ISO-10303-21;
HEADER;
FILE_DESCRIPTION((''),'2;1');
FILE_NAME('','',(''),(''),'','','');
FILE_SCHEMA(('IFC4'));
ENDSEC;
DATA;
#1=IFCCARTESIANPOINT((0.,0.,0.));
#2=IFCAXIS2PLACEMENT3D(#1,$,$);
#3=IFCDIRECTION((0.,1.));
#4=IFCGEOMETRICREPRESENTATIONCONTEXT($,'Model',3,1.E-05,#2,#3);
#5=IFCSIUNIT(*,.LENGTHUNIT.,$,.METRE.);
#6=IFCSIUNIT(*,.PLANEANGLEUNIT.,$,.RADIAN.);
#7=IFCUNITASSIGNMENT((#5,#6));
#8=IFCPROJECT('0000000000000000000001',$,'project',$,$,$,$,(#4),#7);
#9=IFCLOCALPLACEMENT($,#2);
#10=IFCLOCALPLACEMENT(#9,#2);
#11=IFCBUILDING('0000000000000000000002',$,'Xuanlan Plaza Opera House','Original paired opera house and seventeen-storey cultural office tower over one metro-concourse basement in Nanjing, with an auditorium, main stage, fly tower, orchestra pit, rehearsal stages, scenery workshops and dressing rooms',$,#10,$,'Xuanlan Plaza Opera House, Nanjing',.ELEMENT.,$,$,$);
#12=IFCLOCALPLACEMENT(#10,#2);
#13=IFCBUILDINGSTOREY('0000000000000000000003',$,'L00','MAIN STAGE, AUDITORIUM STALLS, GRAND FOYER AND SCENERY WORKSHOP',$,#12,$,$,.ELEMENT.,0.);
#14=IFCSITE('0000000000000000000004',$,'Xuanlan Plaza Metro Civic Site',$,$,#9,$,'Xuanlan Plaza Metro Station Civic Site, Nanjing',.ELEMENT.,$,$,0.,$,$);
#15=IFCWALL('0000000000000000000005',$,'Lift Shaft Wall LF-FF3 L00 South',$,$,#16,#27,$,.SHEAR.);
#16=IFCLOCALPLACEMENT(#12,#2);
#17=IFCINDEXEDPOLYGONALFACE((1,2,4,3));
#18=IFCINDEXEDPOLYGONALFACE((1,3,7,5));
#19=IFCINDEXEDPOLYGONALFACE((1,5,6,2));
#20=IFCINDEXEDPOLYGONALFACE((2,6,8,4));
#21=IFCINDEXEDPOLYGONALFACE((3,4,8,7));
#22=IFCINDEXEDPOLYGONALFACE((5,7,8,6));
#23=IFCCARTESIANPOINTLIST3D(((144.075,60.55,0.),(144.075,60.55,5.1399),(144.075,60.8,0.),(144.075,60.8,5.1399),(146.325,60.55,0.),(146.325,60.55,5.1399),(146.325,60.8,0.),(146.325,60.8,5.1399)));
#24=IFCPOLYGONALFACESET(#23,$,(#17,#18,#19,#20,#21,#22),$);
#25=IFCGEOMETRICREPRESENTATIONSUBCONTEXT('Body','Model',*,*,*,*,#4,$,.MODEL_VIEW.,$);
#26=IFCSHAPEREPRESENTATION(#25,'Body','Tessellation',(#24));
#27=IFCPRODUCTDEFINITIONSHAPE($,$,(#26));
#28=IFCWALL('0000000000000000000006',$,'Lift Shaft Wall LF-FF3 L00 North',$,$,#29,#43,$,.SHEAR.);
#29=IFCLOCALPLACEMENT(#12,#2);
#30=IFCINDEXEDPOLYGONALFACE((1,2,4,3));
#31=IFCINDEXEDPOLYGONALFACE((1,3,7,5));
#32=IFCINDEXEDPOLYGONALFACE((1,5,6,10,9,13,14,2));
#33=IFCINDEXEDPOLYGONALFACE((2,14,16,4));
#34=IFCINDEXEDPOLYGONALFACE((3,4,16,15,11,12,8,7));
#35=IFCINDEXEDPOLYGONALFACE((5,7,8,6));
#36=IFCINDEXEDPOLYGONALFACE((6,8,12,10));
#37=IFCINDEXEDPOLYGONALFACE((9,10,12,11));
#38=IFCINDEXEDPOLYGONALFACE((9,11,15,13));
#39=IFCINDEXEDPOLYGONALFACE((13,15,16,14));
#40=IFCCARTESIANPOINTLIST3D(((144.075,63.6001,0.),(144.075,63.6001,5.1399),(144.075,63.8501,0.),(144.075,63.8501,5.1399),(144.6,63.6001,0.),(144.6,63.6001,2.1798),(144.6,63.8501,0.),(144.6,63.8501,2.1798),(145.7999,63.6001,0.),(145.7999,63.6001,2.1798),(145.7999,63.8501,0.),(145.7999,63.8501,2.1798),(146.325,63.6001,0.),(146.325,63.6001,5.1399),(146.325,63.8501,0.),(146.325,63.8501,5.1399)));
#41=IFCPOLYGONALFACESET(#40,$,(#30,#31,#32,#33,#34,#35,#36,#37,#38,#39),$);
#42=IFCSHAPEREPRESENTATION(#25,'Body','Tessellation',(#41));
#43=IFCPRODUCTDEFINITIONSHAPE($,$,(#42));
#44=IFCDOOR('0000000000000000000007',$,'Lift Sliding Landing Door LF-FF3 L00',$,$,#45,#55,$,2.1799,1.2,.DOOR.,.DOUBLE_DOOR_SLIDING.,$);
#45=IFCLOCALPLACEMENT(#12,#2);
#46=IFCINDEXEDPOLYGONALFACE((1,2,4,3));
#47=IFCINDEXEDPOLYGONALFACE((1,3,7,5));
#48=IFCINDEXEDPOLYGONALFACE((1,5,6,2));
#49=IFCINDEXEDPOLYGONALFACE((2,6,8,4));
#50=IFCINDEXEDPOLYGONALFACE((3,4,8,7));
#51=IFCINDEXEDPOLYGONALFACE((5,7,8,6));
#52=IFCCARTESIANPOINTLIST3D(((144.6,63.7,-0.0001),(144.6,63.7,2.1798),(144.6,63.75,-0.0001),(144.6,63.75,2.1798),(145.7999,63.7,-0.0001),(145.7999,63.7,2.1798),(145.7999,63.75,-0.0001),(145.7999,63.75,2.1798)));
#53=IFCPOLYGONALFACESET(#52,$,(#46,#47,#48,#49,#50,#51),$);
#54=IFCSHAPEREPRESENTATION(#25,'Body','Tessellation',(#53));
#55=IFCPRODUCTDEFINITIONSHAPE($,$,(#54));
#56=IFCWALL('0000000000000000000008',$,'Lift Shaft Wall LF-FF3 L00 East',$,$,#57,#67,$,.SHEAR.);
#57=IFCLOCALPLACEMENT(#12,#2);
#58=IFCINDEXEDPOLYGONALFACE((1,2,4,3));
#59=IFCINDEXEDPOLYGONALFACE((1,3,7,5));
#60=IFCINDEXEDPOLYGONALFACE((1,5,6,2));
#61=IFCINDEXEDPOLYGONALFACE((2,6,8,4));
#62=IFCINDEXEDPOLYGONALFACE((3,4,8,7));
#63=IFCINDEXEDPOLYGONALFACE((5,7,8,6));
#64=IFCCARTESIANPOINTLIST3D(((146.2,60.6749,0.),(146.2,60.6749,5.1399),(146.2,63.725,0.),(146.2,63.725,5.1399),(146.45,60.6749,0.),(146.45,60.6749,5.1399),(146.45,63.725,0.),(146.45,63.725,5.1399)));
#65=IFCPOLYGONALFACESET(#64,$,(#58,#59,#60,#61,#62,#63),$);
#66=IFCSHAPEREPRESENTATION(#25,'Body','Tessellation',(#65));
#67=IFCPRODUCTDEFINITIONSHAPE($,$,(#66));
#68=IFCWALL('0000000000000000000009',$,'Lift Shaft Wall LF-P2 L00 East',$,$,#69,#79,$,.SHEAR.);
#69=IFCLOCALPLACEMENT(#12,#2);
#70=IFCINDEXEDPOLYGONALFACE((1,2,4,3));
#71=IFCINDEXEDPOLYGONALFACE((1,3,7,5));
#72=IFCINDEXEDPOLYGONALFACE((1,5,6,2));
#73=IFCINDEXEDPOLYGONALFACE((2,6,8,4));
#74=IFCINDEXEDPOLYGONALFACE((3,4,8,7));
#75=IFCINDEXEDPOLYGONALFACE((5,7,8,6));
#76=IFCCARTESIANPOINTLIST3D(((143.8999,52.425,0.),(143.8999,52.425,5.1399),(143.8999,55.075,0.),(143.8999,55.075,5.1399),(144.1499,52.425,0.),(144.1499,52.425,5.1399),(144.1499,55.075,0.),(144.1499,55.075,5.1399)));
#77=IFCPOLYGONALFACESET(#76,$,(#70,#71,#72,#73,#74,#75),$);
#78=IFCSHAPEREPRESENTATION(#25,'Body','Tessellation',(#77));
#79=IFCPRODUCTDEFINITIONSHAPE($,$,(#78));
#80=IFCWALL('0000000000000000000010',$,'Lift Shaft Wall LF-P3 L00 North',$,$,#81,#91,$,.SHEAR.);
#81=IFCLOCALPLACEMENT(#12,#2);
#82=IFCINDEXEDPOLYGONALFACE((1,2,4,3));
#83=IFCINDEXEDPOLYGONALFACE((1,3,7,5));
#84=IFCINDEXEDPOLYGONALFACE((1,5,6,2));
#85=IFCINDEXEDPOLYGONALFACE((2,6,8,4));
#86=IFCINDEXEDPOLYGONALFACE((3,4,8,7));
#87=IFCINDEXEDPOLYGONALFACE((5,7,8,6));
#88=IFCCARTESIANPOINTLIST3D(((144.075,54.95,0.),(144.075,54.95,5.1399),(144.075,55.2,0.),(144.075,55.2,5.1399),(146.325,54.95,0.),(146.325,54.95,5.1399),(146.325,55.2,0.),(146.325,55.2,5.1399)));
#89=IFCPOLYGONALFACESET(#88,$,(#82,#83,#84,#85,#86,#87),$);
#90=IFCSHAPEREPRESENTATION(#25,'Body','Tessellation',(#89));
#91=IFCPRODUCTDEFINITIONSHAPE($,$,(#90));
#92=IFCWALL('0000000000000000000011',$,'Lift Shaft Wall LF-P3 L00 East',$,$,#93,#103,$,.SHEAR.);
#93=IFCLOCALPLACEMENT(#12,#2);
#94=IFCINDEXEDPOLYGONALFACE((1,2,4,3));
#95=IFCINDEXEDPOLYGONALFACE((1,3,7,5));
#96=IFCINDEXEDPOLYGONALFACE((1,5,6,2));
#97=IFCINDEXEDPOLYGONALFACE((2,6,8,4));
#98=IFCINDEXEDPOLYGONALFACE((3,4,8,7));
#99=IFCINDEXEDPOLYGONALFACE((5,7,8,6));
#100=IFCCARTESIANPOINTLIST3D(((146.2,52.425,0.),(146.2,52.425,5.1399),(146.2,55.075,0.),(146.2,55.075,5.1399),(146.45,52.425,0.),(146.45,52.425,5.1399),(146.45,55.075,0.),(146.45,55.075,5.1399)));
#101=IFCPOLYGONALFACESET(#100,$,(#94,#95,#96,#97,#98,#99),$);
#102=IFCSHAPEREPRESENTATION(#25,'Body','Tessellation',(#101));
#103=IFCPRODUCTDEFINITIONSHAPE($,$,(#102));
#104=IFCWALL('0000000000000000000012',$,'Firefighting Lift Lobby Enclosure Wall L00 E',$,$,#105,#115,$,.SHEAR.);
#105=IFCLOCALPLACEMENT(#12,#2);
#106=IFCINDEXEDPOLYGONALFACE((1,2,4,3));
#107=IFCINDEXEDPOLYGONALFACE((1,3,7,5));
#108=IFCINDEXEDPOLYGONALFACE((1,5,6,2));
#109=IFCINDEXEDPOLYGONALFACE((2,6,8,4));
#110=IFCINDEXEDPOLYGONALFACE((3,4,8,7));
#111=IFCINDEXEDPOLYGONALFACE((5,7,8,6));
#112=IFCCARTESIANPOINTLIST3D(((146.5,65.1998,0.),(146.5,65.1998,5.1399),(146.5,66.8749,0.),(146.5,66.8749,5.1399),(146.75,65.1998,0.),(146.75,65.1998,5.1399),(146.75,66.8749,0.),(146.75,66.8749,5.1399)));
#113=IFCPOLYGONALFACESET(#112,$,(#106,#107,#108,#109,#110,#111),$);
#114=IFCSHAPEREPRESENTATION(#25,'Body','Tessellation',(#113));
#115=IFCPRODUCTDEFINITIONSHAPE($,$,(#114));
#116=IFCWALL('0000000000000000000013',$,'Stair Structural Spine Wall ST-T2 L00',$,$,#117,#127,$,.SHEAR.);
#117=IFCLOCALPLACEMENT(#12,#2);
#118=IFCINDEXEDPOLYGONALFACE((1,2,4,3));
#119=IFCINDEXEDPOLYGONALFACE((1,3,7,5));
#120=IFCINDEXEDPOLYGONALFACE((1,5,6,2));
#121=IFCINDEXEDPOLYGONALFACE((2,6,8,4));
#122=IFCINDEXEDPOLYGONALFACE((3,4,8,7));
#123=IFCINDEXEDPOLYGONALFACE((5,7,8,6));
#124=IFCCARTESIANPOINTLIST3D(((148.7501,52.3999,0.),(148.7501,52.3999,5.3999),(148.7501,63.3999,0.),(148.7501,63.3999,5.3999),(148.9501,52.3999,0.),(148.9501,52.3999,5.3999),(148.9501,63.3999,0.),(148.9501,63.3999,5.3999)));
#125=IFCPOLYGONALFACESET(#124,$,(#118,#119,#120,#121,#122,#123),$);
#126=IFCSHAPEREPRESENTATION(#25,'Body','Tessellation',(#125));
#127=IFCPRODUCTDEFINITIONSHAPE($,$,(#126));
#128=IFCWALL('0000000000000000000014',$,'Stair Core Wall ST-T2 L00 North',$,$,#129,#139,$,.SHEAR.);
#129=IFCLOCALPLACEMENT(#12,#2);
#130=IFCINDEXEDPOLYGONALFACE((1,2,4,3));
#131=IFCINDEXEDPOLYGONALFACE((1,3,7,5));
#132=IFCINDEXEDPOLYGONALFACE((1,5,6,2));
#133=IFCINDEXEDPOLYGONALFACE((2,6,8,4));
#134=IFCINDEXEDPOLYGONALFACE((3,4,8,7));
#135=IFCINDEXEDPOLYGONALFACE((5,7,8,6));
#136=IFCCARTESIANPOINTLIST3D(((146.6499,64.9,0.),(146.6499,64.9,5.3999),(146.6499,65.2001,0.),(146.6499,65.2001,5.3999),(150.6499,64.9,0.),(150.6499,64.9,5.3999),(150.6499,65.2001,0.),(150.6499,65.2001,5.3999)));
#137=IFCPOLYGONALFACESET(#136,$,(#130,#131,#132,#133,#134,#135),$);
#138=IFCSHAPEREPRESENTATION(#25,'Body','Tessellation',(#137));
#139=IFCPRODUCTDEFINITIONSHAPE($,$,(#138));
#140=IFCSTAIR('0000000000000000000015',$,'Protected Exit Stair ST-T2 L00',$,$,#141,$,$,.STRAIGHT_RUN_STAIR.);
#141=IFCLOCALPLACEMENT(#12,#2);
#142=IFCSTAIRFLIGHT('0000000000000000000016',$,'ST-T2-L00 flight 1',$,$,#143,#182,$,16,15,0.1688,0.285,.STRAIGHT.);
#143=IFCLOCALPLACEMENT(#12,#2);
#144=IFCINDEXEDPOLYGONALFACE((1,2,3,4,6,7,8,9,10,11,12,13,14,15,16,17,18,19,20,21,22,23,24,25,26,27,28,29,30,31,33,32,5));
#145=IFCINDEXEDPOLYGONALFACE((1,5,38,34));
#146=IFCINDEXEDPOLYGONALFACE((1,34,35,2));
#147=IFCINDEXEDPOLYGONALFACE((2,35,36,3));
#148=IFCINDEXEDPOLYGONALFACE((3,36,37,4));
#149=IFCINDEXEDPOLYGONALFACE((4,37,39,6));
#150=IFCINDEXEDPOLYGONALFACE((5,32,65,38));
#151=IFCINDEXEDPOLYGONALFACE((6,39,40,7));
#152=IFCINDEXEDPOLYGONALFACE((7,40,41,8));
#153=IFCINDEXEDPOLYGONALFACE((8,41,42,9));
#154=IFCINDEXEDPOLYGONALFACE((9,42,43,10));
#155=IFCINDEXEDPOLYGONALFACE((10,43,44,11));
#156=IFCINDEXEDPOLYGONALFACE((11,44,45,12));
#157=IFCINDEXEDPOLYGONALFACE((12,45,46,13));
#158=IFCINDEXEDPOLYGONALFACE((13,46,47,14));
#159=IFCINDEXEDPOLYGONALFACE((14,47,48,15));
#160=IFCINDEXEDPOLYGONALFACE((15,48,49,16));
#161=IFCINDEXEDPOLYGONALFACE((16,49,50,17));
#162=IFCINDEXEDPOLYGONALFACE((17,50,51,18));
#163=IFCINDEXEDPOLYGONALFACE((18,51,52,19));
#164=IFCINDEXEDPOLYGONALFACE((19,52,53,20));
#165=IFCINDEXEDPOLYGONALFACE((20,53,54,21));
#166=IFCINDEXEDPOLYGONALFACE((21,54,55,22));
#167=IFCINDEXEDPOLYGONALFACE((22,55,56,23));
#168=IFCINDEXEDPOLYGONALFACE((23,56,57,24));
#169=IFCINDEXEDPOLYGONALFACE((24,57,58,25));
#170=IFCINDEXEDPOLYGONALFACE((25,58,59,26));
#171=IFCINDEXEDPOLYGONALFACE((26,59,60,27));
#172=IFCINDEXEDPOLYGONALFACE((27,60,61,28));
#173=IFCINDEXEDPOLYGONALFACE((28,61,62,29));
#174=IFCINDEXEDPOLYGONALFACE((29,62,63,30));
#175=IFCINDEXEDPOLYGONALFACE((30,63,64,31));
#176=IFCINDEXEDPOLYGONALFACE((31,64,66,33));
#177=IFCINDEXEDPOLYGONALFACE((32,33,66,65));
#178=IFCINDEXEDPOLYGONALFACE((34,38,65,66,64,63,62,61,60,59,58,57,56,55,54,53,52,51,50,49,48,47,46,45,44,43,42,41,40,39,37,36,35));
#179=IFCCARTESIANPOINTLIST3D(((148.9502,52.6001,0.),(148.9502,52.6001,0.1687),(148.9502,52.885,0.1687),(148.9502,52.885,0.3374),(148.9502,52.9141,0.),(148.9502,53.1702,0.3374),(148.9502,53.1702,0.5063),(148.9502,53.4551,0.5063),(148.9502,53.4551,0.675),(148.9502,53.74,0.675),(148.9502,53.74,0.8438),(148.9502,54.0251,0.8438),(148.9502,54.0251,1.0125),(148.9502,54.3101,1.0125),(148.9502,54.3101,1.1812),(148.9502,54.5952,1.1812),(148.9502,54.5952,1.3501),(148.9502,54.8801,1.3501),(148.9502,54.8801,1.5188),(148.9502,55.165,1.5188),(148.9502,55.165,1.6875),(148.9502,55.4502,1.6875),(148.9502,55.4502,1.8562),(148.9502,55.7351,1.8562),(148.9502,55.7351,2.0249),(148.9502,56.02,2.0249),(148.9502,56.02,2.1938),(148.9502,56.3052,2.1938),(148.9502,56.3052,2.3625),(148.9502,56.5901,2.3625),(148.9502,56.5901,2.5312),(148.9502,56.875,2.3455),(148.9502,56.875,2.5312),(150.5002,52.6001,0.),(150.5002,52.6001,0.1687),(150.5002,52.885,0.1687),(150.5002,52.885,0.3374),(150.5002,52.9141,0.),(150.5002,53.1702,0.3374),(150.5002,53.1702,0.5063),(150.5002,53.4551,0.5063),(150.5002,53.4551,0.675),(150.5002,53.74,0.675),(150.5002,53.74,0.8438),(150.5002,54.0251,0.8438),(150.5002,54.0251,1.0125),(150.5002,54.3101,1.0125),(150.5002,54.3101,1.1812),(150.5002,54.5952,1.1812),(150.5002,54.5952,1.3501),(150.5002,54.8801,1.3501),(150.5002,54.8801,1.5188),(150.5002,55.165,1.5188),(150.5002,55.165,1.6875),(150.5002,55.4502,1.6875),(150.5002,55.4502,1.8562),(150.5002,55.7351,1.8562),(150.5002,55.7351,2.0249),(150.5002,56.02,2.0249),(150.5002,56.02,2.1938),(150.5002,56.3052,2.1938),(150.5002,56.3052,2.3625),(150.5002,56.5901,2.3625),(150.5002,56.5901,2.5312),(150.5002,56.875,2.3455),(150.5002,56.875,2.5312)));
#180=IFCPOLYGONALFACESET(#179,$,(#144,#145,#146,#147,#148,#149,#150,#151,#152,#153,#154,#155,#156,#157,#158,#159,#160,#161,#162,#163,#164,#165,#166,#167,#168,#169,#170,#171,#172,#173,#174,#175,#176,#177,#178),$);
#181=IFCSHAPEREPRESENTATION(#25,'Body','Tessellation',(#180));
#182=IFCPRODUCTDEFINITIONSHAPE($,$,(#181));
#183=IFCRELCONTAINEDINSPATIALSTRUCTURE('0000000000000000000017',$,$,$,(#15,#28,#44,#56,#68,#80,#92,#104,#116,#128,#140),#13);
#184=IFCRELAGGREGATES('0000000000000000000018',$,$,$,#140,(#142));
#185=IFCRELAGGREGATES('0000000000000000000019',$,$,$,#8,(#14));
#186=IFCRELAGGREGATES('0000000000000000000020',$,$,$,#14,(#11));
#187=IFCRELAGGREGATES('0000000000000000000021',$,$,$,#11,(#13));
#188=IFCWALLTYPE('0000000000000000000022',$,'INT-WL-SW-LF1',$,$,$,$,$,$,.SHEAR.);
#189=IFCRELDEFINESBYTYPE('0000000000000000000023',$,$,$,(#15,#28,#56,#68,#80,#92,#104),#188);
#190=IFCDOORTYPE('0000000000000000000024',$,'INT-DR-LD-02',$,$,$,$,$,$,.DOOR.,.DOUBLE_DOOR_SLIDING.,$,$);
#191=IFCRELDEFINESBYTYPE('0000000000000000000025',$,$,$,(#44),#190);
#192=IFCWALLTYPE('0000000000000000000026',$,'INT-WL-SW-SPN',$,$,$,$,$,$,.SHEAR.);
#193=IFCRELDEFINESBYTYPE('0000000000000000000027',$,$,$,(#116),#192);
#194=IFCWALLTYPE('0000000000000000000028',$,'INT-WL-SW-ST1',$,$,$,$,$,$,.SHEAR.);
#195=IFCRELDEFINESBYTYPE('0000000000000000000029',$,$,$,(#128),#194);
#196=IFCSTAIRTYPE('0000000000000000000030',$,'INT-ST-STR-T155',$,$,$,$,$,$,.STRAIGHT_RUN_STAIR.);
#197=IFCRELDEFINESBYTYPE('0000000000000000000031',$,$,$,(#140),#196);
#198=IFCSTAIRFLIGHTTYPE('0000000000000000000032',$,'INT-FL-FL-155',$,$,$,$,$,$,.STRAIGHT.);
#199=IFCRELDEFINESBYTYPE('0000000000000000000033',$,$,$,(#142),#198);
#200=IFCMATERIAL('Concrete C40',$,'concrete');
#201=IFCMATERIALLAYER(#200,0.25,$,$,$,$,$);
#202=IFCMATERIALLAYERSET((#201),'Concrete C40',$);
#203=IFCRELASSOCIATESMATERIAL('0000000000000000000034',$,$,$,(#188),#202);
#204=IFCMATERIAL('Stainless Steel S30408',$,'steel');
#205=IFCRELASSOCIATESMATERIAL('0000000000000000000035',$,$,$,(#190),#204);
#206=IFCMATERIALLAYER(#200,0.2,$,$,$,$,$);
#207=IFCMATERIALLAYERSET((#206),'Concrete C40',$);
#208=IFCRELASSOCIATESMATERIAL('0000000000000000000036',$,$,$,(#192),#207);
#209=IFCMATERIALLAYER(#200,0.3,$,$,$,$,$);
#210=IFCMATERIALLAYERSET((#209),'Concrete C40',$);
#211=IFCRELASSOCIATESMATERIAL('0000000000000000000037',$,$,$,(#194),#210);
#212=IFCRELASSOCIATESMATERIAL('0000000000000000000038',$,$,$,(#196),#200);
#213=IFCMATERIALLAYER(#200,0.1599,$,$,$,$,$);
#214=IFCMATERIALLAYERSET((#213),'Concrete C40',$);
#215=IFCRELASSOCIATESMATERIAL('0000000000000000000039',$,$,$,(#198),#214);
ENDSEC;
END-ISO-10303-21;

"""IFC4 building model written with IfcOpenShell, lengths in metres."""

from ifc_helpers import new_model, si_unit, direction, frame, frame_2d, origin, place, context, subcontext, project, spatial, polyline, rectangle, outline, extrude, material, layer, layer_set, type_object, element, fill, aggregate, save


model = new_model("IFC4")

# Units and contexts
model_context = context("Model", 3, precision=1e-05, world=origin(), true_north=direction((0.0, 1.0)))
body_context = subcontext(model_context, "Body", "Model", "MODEL_VIEW")
ifc_project = project(units=[si_unit("LENGTHUNIT", "METRE"), si_unit("PLANEANGLEUNIT", "RADIAN")], contexts=[model_context])

# Site, building, storey
site_placement = place(None, origin())
site = spatial("IfcSite", under=ifc_project, at=site_placement, Name="Xuanlan Plaza Metro Civic Site", LongName="Xuanlan Plaza Metro Station Civic Site, Nanjing", CompositionType="ELEMENT", RefElevation=0.0)
building_placement = place(site_placement, origin())
building = spatial("IfcBuilding", under=site, at=building_placement, Name="Xuanlan Plaza Opera House", Description="Original paired opera house and seventeen-storey cultural office tower over one metro-concourse basement in Nanjing, with an auditorium, main stage, fly tower, orchestra pit, rehearsal stages, scenery workshops and dressing rooms", LongName="Xuanlan Plaza Opera House, Nanjing", CompositionType="ELEMENT")
storey_placement = place(building_placement, origin())
storey = spatial("IfcBuildingStorey", under=building, at=storey_placement, Name="L00", Description="MAIN STAGE, AUDITORIUM STALLS, GRAND FOYER AND SCENERY WORKSHOP", CompositionType="ELEMENT", Elevation=0.0)

# Shared definitions
ifc_material_1 = material(Name="Concrete C40", Category="concrete")

# Wall
ifc_layer_1 = layer(ifc_material_1, 0.25)
ifc_layer_set_1 = layer_set([ifc_layer_1], Name="Concrete C40")
wall_type_1 = type_object("IfcWallType", Name="INT-WL-SW-LF1", PredefinedType="SHEAR", material=ifc_layer_set_1)
wall_1_placement = place(storey_placement, frame((144.075, 60.675, 0.0), z_axis=(0.0, 0.0, 1.0), x_axis=(1.0, 0.0, 0.0)))
element("IfcWall", 1, at=wall_1_placement, inside=storey, type_object=wall_type_1, Name="Lift Shaft Wall LF-FF3 L00 South", PredefinedType="SHEAR", context=body_context, shape_type="SweptSolid", body=[
    extrude(rectangle(XDim=2.25, YDim=0.25, at=frame_2d((1.125, 0.0))), origin(), (0.0, 0.0, 1.0), 5.1399),
])

# Wall, opening, door
wall_2_placement = place(storey_placement, frame((144.075, 63.7251, 0.0), z_axis=(0.0, 0.0, 1.0), x_axis=(1.0, 0.0, 0.0)))
wall_2 = element("IfcWall", 2, at=wall_2_placement, inside=storey, type_object=wall_type_1, Name="Lift Shaft Wall LF-FF3 L00 North", PredefinedType="SHEAR", context=body_context, shape_type="SweptSolid", body=[
    extrude(rectangle(XDim=2.25, YDim=0.25, at=frame_2d((1.125, 0.0))), origin(), (0.0, 0.0, 1.0), 5.1399),
])
opening_1_placement = place(wall_2_placement, frame((0.5249, 0.0, 0.0)))
opening_1 = element("IfcOpeningElement", 3, at=opening_1_placement, cuts=wall_2, PredefinedType="OPENING", context=body_context, shape_type="SweptSolid", body=[
    extrude(rectangle(XDim=1.2, YDim=2.1799, at=frame_2d((0.6001, 1.0898))), frame((0.0, 0.135, 0.0), z_axis=(0.0, -1.0, 0.0), x_axis=(1.0, 0.0, 0.0)), (0.0, 0.0, 1.0), 0.27),
])
ifc_material_2 = material(Name="Stainless Steel S30408", Category="steel")
door_type_1 = type_object("IfcDoorType", Name="INT-DR-LD-02", OperationType="DOUBLE_DOOR_SLIDING", PredefinedType="DOOR", material=ifc_material_2)
door_1_placement = place(opening_1_placement, origin())
door_1 = element("IfcDoor", 4, at=door_1_placement, inside=storey, type_object=door_type_1, Name="Lift Sliding Landing Door LF-FF3 L00", OperationType="DOUBLE_DOOR_SLIDING", OverallHeight=2.1799, OverallWidth=1.2, PredefinedType="DOOR", context=body_context, shape_type="SweptSolid", body=[
    extrude(rectangle(XDim=1.2, YDim=2.1799, at=frame_2d((0.6001, 1.0898))), frame((0.0, 0.0249, 0.0), z_axis=(0.0, -1.0, 0.0), x_axis=(1.0, 0.0, 0.0)), (0.0, 0.0, 1.0), 0.05),
])
fill(opening_1, door_1)

# Walls
wall_3_placement = place(storey_placement, frame((146.325, 60.675, 0.0), z_axis=(0.0, 0.0, 1.0), x_axis=(0.0, 1.0, 0.0)))
element("IfcWall", 5, at=wall_3_placement, inside=storey, type_object=wall_type_1, Name="Lift Shaft Wall LF-FF3 L00 East", PredefinedType="SHEAR", context=body_context, shape_type="SweptSolid", body=[
    extrude(rectangle(XDim=3.05, YDim=0.25, at=frame_2d((1.5249, 0.0))), origin(), (0.0, 0.0, 1.0), 5.1399),
])
wall_4_placement = place(storey_placement, frame((144.0249, 52.425, 0.0), z_axis=(0.0, 0.0, 1.0), x_axis=(0.0, 1.0, 0.0)))
element("IfcWall", 6, at=wall_4_placement, inside=storey, type_object=wall_type_1, Name="Lift Shaft Wall LF-P2 L00 East", PredefinedType="SHEAR", context=body_context, shape_type="SweptSolid", body=[
    extrude(rectangle(XDim=2.6499, YDim=0.25, at=frame_2d((1.325, 0.0))), origin(), (0.0, 0.0, 1.0), 5.1399),
])

# Walls
wall_5_placement = place(storey_placement, frame((144.075, 55.075, 0.0), z_axis=(0.0, 0.0, 1.0), x_axis=(1.0, 0.0, 0.0)))
element("IfcWall", 7, at=wall_5_placement, inside=storey, type_object=wall_type_1, Name="Lift Shaft Wall LF-P3 L00 North", PredefinedType="SHEAR", context=body_context, shape_type="SweptSolid", body=[
    extrude(rectangle(XDim=2.25, YDim=0.25, at=frame_2d((1.125, 0.0))), origin(), (0.0, 0.0, 1.0), 5.1399),
])
wall_6_placement = place(storey_placement, frame((146.325, 52.425, 0.0), z_axis=(0.0, 0.0, 1.0), x_axis=(0.0, 1.0, 0.0)))
element("IfcWall", 8, at=wall_6_placement, inside=storey, type_object=wall_type_1, Name="Lift Shaft Wall LF-P3 L00 East", PredefinedType="SHEAR", context=body_context, shape_type="SweptSolid", body=[
    extrude(rectangle(XDim=2.6499, YDim=0.25, at=frame_2d((1.325, 0.0))), origin(), (0.0, 0.0, 1.0), 5.1399),
])
wall_7_placement = place(storey_placement, frame((146.625, 65.2, 0.0), z_axis=(0.0, 0.0, 1.0), x_axis=(0.0, 1.0, 0.0)))
element("IfcWall", 9, at=wall_7_placement, inside=storey, type_object=wall_type_1, Name="Firefighting Lift Lobby Enclosure Wall L00 E", PredefinedType="SHEAR", context=body_context, shape_type="SweptSolid", body=[
    extrude(rectangle(XDim=1.675, YDim=0.25, at=frame_2d((0.8374, 0.0))), origin(), (0.0, 0.0, 1.0), 5.1399),
])
ifc_layer_2 = layer(ifc_material_1, 0.2)
ifc_layer_set_2 = layer_set([ifc_layer_2], Name="Concrete C40")
wall_type_2 = type_object("IfcWallType", Name="INT-WL-SW-SPN", PredefinedType="SHEAR", material=ifc_layer_set_2)
wall_8_placement = place(storey_placement, frame((148.8501, 52.3999, 0.0), z_axis=(0.0, 0.0, 1.0), x_axis=(0.0, 1.0, 0.0)))
element("IfcWall", 10, at=wall_8_placement, inside=storey, type_object=wall_type_2, Name="Stair Structural Spine Wall ST-T2 L00", PredefinedType="SHEAR", context=body_context, shape_type="SweptSolid", body=[
    extrude(rectangle(XDim=11.0, YDim=0.2, at=frame_2d((5.5, 0.0))), origin(), (0.0, 0.0, 1.0), 5.3999),
])
ifc_layer_3 = layer(ifc_material_1, 0.3)
ifc_layer_set_3 = layer_set([ifc_layer_3], Name="Concrete C40")
wall_type_3 = type_object("IfcWallType", Name="INT-WL-SW-ST1", PredefinedType="SHEAR", material=ifc_layer_set_3)
wall_9_placement = place(storey_placement, frame((146.6499, 65.05, 0.0), z_axis=(0.0, 0.0, 1.0), x_axis=(1.0, 0.0, 0.0)))
element("IfcWall", 11, at=wall_9_placement, inside=storey, type_object=wall_type_3, Name="Stair Core Wall ST-T2 L00 North", PredefinedType="SHEAR", context=body_context, shape_type="SweptSolid", body=[
    extrude(rectangle(XDim=4.0, YDim=0.3, at=frame_2d((2.0, 0.0))), origin(), (0.0, 0.0, 1.0), 5.3999),
])

# Stair, stair flight
stair_type = type_object("IfcStairType", Name="INT-ST-STR-T155", PredefinedType="STRAIGHT_RUN_STAIR", material=ifc_material_1)
stair_placement = place(storey_placement, origin())
stair = element("IfcStair", 12, at=stair_placement, inside=storey, type_object=stair_type, Name="Protected Exit Stair ST-T2 L00", PredefinedType="STRAIGHT_RUN_STAIR")
ifc_layer_4 = layer(ifc_material_1, 0.1599)
ifc_layer_set_4 = layer_set([ifc_layer_4], Name="Concrete C40")
stair_flight_type = type_object("IfcStairFlightType", Name="INT-FL-FL-155", PredefinedType="STRAIGHT", material=ifc_layer_set_4)
stair_flight_1_placement = place(storey_placement, frame((149.7251, 52.6001, 0.0), z_axis=(0.0, 0.0, 1.0), x_axis=(0.0, 1.0, 0.0)))
stair_flight_1 = element("IfcStairFlight", 13, at=stair_flight_1_placement, type_object=stair_flight_type, Name="ST-T2-L00 flight 1", NumberOfRisers=16, NumberOfTreads=15, PredefinedType="STRAIGHT", RiserHeight=0.1688, TreadLength=0.285, context=body_context, shape_type="SweptSolid", body=[
    extrude(outline(polyline([(0.0, 0.0), (0.0, 0.1687), (0.2849, 0.1687), (0.2849, 0.3374), (0.5701, 0.3374), (0.5701, 0.5063), (0.855, 0.5063), (0.855, 0.675), (1.1399, 0.675), (1.1399, 0.8438), (1.425, 0.8438), (1.425, 1.0125), (1.71, 1.0125), (1.71, 1.1812), (1.9951, 1.1812), (1.9951, 1.3501), (2.28, 1.3501), (2.28, 1.5188), (2.5649, 1.5188), (2.5649, 1.6875), (2.8501, 1.6875), (2.8501, 1.8562), (3.135, 1.8562), (3.135, 2.0249), (3.4199, 2.0249), (3.4199, 2.1938), (3.7051, 2.1938), (3.7051, 2.3625), (3.99, 2.3625), (3.99, 2.5312), (4.2749, 2.5312), (4.2749, 2.7), (4.2749, 2.3455), (0.314, 0.0), (0.0, 0.0)])), frame((0.0, 0.7749, 0.0), z_axis=(0.0, -1.0, 0.0), x_axis=(1.0, 0.0, 0.0)), (0.0, 0.0, 1.0), 1.55),
])
aggregate(stair, [stair_flight_1])

save(model, "model.ifc")
